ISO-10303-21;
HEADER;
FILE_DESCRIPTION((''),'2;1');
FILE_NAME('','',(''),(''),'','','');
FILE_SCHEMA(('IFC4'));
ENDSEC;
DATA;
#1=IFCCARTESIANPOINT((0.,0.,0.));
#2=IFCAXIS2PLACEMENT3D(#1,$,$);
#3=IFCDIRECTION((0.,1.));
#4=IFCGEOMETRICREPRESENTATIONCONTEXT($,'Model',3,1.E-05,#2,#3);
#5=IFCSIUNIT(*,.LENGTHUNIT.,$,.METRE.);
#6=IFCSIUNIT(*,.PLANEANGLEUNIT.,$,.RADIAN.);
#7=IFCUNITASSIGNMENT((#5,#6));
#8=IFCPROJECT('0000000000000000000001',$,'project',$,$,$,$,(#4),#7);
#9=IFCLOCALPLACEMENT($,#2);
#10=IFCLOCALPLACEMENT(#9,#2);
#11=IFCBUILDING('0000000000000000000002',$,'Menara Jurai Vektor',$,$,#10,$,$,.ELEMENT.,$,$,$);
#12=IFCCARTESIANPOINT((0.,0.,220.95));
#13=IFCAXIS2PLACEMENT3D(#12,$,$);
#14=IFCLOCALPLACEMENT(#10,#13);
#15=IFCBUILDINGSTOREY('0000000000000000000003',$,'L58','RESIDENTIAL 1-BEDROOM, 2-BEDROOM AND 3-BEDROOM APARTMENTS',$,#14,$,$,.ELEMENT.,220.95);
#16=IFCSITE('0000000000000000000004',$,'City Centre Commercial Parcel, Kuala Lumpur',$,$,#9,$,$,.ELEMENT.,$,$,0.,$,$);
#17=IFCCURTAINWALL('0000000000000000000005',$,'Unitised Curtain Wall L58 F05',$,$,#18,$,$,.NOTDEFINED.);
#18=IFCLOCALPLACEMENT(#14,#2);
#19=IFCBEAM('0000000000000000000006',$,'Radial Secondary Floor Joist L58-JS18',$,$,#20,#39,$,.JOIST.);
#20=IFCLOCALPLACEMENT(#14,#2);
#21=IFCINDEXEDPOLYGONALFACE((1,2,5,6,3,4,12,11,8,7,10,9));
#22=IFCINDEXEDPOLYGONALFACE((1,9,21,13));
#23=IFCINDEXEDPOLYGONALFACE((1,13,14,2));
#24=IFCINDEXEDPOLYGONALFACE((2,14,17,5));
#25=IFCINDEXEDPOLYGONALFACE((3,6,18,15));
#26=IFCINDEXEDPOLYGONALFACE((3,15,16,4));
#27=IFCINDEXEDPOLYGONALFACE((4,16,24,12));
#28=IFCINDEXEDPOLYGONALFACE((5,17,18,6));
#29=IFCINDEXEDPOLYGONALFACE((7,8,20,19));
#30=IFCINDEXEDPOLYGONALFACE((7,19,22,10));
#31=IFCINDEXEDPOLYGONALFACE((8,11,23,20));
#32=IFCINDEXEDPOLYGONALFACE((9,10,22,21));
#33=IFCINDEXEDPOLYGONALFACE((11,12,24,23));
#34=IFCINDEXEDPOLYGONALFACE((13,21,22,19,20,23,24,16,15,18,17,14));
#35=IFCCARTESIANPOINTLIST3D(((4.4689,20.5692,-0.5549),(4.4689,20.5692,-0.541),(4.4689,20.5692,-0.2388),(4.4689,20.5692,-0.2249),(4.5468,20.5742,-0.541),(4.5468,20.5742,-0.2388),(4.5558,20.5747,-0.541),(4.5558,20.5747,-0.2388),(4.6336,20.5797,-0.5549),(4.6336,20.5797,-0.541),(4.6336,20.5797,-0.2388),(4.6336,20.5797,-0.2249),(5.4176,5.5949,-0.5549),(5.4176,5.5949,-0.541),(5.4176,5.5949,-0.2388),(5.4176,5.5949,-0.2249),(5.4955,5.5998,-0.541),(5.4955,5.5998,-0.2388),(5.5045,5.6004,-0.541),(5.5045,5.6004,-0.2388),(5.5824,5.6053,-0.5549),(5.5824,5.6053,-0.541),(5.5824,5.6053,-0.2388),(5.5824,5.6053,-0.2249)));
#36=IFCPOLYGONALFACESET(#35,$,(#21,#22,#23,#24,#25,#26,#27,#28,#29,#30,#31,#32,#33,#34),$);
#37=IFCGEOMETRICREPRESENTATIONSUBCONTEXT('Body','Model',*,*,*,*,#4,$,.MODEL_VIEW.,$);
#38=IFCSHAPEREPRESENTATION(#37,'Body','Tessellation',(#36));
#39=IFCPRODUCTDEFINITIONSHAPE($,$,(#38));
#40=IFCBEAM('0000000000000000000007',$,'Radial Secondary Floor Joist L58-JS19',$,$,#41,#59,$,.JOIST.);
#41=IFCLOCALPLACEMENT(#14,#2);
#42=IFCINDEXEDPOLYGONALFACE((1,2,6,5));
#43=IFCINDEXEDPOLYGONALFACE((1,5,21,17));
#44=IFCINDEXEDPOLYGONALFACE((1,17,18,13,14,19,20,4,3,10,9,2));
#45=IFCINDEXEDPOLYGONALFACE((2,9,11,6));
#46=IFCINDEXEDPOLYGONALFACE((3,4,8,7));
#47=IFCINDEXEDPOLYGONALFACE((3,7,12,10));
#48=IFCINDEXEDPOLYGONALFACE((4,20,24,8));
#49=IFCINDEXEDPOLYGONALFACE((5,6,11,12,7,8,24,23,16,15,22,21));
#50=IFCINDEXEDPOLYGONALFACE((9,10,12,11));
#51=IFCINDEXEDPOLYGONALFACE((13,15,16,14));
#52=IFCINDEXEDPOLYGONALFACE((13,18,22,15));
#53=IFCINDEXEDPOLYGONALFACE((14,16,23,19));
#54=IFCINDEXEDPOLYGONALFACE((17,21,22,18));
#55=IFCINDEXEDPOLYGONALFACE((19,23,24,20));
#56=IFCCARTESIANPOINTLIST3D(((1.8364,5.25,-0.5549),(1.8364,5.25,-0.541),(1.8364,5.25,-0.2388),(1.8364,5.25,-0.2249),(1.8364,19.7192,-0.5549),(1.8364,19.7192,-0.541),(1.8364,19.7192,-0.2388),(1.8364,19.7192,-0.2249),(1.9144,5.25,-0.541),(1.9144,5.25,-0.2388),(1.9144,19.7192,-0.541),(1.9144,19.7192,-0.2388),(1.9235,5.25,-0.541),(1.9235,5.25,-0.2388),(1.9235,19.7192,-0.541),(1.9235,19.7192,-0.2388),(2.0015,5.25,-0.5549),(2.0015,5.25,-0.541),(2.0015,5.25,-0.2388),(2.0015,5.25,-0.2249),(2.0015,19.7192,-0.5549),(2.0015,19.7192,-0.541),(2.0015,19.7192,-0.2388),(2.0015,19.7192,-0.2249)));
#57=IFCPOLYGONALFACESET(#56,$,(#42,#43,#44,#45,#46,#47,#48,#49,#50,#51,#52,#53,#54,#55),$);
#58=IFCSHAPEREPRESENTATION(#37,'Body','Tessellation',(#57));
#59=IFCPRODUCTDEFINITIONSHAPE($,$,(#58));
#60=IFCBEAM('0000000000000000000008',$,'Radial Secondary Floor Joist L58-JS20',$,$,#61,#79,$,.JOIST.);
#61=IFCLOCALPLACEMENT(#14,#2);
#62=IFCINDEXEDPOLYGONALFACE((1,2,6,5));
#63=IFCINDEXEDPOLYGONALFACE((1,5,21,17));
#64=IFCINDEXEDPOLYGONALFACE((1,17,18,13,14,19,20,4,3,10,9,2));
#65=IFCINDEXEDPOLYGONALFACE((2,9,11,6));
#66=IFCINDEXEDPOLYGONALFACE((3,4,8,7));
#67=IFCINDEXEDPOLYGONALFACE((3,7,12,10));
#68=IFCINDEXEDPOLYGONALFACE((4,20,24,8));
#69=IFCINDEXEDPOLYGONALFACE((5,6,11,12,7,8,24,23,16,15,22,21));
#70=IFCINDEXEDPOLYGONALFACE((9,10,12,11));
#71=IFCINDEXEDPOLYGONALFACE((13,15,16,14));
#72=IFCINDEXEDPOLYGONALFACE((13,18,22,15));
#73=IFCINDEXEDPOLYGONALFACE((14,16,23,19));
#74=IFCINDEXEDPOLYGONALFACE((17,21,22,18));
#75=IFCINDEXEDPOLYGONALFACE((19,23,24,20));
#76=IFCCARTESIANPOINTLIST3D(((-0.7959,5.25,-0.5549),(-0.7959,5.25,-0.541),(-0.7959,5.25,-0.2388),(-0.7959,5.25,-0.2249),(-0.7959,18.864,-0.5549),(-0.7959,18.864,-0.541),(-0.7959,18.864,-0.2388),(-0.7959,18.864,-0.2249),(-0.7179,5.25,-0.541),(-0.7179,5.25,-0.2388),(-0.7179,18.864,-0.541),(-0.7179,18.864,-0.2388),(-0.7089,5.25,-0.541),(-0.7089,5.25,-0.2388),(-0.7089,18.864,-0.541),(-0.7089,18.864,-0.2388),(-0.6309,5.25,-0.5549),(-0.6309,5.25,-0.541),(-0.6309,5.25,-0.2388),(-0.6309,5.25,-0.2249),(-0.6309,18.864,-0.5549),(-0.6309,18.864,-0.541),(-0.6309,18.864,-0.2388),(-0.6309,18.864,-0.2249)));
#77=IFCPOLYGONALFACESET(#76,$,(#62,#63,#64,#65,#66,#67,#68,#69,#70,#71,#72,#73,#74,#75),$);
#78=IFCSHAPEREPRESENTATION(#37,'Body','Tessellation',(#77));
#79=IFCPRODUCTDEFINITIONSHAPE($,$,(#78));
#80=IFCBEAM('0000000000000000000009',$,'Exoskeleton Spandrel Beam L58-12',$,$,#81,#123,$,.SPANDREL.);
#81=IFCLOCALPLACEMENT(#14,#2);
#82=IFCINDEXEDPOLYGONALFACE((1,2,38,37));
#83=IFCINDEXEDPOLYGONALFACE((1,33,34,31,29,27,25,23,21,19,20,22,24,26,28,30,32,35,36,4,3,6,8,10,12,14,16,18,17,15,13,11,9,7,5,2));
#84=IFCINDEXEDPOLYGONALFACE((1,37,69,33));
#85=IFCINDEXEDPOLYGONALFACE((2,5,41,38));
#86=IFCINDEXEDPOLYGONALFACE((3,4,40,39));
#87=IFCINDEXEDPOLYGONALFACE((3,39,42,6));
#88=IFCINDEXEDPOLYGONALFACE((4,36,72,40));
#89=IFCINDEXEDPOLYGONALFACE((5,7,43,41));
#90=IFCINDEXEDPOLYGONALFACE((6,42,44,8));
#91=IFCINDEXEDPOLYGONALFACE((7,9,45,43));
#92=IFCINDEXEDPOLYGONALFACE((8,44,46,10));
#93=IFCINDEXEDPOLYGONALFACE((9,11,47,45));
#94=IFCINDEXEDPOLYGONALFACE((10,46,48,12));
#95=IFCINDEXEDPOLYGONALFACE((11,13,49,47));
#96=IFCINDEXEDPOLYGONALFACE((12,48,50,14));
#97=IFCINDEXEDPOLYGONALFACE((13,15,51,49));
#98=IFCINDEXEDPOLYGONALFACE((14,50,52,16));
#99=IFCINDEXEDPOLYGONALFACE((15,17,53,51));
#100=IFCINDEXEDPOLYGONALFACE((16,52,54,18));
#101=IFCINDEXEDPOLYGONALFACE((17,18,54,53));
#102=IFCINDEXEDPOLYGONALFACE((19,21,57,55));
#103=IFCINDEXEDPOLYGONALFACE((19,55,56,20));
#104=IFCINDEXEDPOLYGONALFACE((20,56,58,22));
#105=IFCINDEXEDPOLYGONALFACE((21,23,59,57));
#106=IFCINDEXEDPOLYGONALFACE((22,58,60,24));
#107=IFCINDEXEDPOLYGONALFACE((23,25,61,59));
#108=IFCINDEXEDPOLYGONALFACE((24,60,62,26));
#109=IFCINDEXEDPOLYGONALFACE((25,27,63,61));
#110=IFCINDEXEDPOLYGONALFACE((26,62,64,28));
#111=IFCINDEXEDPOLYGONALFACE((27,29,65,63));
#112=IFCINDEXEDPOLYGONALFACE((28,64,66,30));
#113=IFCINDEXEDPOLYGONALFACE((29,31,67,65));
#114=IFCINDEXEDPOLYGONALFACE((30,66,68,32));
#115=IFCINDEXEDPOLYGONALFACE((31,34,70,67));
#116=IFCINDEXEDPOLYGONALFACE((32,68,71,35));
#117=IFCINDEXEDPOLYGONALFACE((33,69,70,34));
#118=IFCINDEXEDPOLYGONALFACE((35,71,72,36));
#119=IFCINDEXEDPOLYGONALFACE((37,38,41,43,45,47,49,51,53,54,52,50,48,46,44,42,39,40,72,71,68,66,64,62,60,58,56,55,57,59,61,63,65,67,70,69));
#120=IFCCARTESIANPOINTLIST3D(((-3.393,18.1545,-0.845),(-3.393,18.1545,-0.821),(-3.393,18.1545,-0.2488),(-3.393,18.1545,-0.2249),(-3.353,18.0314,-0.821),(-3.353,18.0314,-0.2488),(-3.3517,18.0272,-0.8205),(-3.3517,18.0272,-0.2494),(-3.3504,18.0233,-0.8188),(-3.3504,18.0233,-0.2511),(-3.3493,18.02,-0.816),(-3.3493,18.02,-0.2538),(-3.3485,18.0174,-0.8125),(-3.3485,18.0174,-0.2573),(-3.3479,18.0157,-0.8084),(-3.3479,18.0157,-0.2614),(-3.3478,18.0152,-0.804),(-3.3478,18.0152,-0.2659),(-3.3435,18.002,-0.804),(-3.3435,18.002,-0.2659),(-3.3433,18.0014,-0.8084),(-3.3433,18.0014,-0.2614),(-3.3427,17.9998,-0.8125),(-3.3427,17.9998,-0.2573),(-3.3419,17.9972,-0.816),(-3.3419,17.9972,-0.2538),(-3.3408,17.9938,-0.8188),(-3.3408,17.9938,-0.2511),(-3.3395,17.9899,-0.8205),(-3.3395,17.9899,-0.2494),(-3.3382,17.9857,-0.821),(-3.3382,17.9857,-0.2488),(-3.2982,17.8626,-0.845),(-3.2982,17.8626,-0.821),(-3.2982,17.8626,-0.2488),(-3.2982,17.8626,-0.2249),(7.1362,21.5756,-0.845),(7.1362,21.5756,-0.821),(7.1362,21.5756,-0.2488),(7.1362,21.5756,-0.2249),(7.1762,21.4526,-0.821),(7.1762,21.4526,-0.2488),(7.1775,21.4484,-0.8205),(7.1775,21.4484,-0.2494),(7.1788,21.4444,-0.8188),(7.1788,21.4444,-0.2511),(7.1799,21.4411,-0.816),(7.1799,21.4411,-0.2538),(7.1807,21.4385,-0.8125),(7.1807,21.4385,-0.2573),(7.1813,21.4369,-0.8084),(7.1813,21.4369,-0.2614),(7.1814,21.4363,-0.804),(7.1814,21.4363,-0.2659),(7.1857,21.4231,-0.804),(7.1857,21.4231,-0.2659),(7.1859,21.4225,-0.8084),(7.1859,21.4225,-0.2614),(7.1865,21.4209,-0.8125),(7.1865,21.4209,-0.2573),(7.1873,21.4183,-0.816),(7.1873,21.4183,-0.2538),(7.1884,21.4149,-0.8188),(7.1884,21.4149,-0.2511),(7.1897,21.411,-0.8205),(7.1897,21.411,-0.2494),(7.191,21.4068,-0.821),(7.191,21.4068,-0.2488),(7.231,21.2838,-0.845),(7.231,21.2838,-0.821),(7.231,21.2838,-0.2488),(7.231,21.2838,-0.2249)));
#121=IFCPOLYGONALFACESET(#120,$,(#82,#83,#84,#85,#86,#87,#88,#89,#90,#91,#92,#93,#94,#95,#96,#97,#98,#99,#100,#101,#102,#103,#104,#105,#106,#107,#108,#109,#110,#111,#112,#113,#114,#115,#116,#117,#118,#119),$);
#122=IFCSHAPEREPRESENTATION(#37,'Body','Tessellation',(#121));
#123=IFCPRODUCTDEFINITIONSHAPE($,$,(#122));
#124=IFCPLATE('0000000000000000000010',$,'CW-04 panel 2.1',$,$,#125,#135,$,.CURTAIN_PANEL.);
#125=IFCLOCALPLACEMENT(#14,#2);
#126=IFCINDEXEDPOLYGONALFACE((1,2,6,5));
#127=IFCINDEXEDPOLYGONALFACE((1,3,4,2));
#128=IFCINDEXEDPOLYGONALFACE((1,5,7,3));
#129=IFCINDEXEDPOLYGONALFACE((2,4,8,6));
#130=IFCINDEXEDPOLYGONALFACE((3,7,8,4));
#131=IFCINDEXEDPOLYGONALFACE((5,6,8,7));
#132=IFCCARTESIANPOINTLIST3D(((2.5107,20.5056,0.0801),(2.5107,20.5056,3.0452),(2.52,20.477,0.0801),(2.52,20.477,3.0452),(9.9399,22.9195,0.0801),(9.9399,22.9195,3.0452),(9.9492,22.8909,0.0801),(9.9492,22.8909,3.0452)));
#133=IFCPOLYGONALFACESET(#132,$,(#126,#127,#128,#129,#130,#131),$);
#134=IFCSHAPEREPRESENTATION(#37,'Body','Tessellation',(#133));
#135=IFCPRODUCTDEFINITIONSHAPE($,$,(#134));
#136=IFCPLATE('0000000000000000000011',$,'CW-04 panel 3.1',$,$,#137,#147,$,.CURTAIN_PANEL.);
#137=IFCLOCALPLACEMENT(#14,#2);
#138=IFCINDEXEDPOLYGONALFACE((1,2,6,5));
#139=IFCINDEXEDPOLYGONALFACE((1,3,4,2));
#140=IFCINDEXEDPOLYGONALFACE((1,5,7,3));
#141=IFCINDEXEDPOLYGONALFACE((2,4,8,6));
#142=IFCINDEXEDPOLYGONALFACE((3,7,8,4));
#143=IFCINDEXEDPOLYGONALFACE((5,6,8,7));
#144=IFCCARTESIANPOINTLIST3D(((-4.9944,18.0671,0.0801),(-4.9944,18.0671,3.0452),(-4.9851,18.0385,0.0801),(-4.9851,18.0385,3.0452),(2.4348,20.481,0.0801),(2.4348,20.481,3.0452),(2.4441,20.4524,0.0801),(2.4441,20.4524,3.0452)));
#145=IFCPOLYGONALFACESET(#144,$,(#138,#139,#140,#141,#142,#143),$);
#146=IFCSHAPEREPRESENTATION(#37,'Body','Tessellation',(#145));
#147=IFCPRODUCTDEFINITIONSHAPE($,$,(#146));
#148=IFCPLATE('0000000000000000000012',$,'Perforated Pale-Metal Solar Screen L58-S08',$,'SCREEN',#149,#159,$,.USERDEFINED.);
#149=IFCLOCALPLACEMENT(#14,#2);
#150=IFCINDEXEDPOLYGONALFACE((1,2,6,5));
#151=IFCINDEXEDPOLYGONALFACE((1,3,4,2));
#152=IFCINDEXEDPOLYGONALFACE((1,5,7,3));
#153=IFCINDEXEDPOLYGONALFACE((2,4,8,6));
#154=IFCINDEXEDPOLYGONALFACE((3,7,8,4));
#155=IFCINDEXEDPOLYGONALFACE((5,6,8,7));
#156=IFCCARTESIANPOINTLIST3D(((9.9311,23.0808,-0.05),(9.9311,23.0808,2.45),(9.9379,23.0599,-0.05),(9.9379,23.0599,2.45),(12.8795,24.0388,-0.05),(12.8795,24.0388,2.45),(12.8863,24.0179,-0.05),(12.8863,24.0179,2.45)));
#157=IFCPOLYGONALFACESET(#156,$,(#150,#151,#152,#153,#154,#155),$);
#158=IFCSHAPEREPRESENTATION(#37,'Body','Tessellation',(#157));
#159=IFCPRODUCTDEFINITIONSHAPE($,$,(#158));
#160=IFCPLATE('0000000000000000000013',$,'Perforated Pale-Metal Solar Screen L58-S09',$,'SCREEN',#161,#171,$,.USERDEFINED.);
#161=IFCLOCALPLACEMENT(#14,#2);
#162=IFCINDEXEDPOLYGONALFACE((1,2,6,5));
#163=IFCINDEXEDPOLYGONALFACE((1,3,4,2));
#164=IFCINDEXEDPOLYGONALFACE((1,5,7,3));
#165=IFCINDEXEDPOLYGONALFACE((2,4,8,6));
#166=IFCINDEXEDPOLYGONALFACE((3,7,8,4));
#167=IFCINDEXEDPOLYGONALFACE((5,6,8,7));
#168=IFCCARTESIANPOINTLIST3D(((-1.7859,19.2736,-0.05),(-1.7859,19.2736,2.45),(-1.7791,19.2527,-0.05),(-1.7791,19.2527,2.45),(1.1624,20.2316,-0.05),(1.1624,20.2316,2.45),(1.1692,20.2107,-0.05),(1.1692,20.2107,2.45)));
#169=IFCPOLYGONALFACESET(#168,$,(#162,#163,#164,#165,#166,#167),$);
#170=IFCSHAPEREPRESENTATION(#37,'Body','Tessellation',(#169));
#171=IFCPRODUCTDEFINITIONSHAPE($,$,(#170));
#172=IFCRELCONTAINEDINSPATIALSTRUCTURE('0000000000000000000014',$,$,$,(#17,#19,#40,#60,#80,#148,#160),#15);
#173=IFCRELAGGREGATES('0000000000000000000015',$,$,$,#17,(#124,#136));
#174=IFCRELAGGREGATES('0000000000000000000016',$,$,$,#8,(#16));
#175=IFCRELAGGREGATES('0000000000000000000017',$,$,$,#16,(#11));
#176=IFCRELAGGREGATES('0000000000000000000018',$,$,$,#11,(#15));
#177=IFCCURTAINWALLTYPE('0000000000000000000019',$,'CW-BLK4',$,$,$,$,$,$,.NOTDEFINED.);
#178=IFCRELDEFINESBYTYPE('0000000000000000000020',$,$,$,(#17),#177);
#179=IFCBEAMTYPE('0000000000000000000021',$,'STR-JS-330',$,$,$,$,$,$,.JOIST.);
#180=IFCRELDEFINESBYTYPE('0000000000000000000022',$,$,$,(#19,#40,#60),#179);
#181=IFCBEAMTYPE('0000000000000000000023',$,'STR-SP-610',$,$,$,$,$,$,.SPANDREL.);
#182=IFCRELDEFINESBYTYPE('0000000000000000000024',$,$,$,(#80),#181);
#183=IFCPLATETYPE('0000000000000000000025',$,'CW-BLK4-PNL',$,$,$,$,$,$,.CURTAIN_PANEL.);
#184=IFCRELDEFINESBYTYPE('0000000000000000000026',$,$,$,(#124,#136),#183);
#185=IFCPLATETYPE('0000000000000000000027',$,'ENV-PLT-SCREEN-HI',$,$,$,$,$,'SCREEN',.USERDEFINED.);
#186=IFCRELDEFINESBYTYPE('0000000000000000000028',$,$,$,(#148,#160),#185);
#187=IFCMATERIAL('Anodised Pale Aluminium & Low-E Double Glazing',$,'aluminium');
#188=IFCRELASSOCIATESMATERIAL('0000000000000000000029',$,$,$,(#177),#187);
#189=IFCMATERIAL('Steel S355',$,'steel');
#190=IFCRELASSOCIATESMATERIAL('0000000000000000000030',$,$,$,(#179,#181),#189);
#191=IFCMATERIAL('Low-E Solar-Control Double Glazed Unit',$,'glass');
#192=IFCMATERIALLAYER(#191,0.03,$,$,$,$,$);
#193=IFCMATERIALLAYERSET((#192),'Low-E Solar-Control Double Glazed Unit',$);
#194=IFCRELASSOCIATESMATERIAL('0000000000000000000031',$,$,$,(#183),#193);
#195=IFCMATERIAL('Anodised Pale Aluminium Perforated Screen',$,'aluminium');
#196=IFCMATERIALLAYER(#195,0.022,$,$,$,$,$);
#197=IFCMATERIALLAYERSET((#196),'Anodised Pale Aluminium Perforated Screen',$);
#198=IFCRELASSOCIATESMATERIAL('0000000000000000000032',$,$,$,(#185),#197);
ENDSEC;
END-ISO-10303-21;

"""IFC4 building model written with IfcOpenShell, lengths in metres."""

from ifc_helpers import new_model, si_unit, direction, frame, origin, origin_2d, place, context, subcontext, project, spatial, rectangle, i_section, extrude, material, layer, layer_set, material_profile, profile_set, type_object, element, aggregate, save


model = new_model("IFC4")

# Units and contexts
model_context = context("Model", 3, precision=1e-05, world=origin(), true_north=direction((0.0, 1.0)))
body_context = subcontext(model_context, "Body", "Model", "MODEL_VIEW")
ifc_project = project(units=[si_unit("LENGTHUNIT", "METRE"), si_unit("PLANEANGLEUNIT", "RADIAN")], contexts=[model_context])

# Site, building, storey
site_placement = place(None, origin())
site = spatial("IfcSite", under=ifc_project, at=site_placement, Name="City Centre Commercial Parcel, Kuala Lumpur", CompositionType="ELEMENT", RefElevation=0.0)
building_placement = place(site_placement, origin())
building = spatial("IfcBuilding", under=site, at=building_placement, Name="Menara Jurai Vektor", CompositionType="ELEMENT")
storey_placement = place(building_placement, frame((0.0, 0.0, 220.95)))
storey = spatial("IfcBuildingStorey", under=building, at=storey_placement, Name="L58", Description="RESIDENTIAL 1-BEDROOM, 2-BEDROOM AND 3-BEDROOM APARTMENTS", CompositionType="ELEMENT", Elevation=220.95)

# Curtain wall
ifc_material_1 = material(Name="Anodised Pale Aluminium & Low-E Double Glazing", Category="aluminium")
curtain_wall_type = type_object("IfcCurtainWallType", Name="CW-BLK4", PredefinedType="NOTDEFINED", material=ifc_material_1)
curtain_wall_placement = place(storey_placement, origin())
curtain_wall = element("IfcCurtainWall", 1, at=curtain_wall_placement, inside=storey, type_object=curtain_wall_type, Name="Unitised Curtain Wall L58 F05", PredefinedType="NOTDEFINED")

# Beams
ifc_material_2 = material(Name="Steel S355", Category="steel")
ifc_material_profile_1 = material_profile(ifc_material_2, i_section(OverallWidth=0.165, OverallDepth=0.3301, WebThickness=0.009, FlangeThickness=0.0139, at=origin_2d()), Name="PG 330x165x46")
ifc_profile_set_1 = profile_set([ifc_material_profile_1], Name="Steel S355")
beam_type_1 = type_object("IfcBeamType", Name="STR-JS-330", PredefinedType="JOIST", material=ifc_profile_set_1)
beam_1_placement = place(storey_placement, frame((4.5513, 20.5745, -0.3899), z_axis=(0.06323, -0.997999, 0.0), x_axis=(0.997999, 0.06323, 0.0)))
element("IfcBeam", 2, at=beam_1_placement, inside=storey, type_object=beam_type_1, Name="Radial Secondary Floor Joist L58-JS18", PredefinedType="JOIST", context=body_context, shape_type="SweptSolid", body=[
    extrude(i_section(OverallWidth=0.165, OverallDepth=0.3301, WebThickness=0.009, FlangeThickness=0.0139, at=origin_2d()), origin(), (0.0, 0.0, 1.0), 15.0044),
])
beam_2_placement = place(storey_placement, frame((1.9189, 19.7192, -0.3899), z_axis=(0.0, -1.0, 0.0), x_axis=(1.0, 0.0, 0.0)))
element("IfcBeam", 3, at=beam_2_placement, inside=storey, type_object=beam_type_1, Name="Radial Secondary Floor Joist L58-JS19", PredefinedType="JOIST", context=body_context, shape_type="SweptSolid", body=[
    extrude(i_section(OverallWidth=0.165, OverallDepth=0.3301, WebThickness=0.009, FlangeThickness=0.0139, at=origin_2d()), origin(), (0.0, 0.0, 1.0), 14.4692),
])
beam_3_placement = place(storey_placement, frame((-0.7134, 18.864, -0.3899), z_axis=(0.0, -1.0, 0.0), x_axis=(1.0, 0.0, 0.0)))
element("IfcBeam", 4, at=beam_3_placement, inside=storey, type_object=beam_type_1, Name="Radial Secondary Floor Joist L58-JS20", PredefinedType="JOIST", context=body_context, shape_type="SweptSolid", body=[
    extrude(i_section(OverallWidth=0.165, OverallDepth=0.3301, WebThickness=0.009, FlangeThickness=0.0139, at=origin_2d()), origin(), (0.0, 0.0, 1.0), 13.614),
])
ifc_material_profile_2 = material_profile(ifc_material_2, i_section(OverallWidth=0.3069, OverallDepth=0.6201, WebThickness=0.0139, FlangeThickness=0.0239, FilletRadius=0.0171, at=origin_2d()), Name="UKB 610x305x179")
ifc_profile_set_2 = profile_set([ifc_material_profile_2], Name="Steel S355")
beam_type_2 = type_object("IfcBeamType", Name="STR-SP-610", PredefinedType="SPANDREL", material=ifc_profile_set_2)
beam_4_placement = place(storey_placement, frame((7.1836, 21.4297, -0.5349), z_axis=(-0.951057, -0.309014, 0.0), x_axis=(0.309014, -0.951057, 0.0)))
element("IfcBeam", 5, at=beam_4_placement, inside=storey, type_object=beam_type_2, Name="Exoskeleton Spandrel Beam L58-12", PredefinedType="SPANDREL", context=body_context, shape_type="SweptSolid", body=[
    extrude(i_section(OverallWidth=0.3069, OverallDepth=0.6201, WebThickness=0.0139, FlangeThickness=0.0239, FilletRadius=0.0171, at=origin_2d()), origin(), (0.0, 0.0, 1.0), 11.071),
])

# Plates
ifc_material_3 = material(Name="Low-E Solar-Control Double Glazed Unit", Category="glass")
ifc_layer_1 = layer(ifc_material_3, 0.03)
ifc_layer_set_1 = layer_set([ifc_layer_1], Name="Low-E Solar-Control Double Glazed Unit")
plate_type_1 = type_object("IfcPlateType", Name="CW-BLK4-PNL", PredefinedType="CURTAIN_PANEL", material=ifc_layer_set_1)
plate_1_placement = place(storey_placement, frame((6.23, 21.6982, 0.0801), z_axis=(0.0, 0.0, 1.0), x_axis=(-0.951056, -0.309017, 0.0)))
plate_1 = element("IfcPlate", 6, at=plate_1_placement, type_object=plate_type_1, Name="CW-04 panel 2.1", PredefinedType="CURTAIN_PANEL", context=body_context, shape_type="SweptSolid", body=[
    extrude(rectangle(XDim=7.8115, YDim=0.03, at=origin_2d()), origin(), (0.0, 0.0, 1.0), 2.9651),
])
plate_2_placement = place(storey_placement, frame((-1.2751, 19.2598, 0.0801), z_axis=(0.0, 0.0, 1.0), x_axis=(-0.951056, -0.309017, 0.0)))
plate_2 = element("IfcPlate", 7, at=plate_2_placement, type_object=plate_type_1, Name="CW-04 panel 3.1", PredefinedType="CURTAIN_PANEL", context=body_context, shape_type="SweptSolid", body=[
    extrude(rectangle(XDim=7.8115, YDim=0.03, at=origin_2d()), origin(), (0.0, 0.0, 1.0), 2.9651),
])
aggregate(curtain_wall, [plate_1, plate_2])

# Plates
ifc_material_4 = material(Name="Anodised Pale Aluminium Perforated Screen", Category="aluminium")
ifc_layer_2 = layer(ifc_material_4, 0.022)
ifc_layer_set_2 = layer_set([ifc_layer_2], Name="Anodised Pale Aluminium Perforated Screen")
plate_type_2 = type_object("IfcPlateType", Name="ENV-PLT-SCREEN-HI", ElementType="SCREEN", PredefinedType="USERDEFINED", material=ifc_layer_set_2)
for number, where, z_axis, x_axis, name in (
    (8, (11.4087, 23.5493, -0.05), (0.0, 0.0, 1.0), (-0.951057, -0.309017, 0.0), "Perforated Pale-Metal Solar Screen L58-S08"),
    (9, (-0.3083, 19.7422, -0.05), (0.0, 0.0, 1.0), (-0.951057, -0.309017, 0.0), "Perforated Pale-Metal Solar Screen L58-S09"),
):
    element("IfcPlate", number, at=place(storey_placement, frame(where, z_axis=z_axis, x_axis=x_axis)), inside=storey, type_object=plate_type_2, Name=name, ObjectType="SCREEN", PredefinedType="USERDEFINED", context=body_context, shape_type="SweptSolid", body=[
        extrude(rectangle(XDim=3.1001, YDim=0.022, at=origin_2d()), origin(), (0.0, 0.0, 1.0), 2.5),
    ])

save(model, "model.ifc")
